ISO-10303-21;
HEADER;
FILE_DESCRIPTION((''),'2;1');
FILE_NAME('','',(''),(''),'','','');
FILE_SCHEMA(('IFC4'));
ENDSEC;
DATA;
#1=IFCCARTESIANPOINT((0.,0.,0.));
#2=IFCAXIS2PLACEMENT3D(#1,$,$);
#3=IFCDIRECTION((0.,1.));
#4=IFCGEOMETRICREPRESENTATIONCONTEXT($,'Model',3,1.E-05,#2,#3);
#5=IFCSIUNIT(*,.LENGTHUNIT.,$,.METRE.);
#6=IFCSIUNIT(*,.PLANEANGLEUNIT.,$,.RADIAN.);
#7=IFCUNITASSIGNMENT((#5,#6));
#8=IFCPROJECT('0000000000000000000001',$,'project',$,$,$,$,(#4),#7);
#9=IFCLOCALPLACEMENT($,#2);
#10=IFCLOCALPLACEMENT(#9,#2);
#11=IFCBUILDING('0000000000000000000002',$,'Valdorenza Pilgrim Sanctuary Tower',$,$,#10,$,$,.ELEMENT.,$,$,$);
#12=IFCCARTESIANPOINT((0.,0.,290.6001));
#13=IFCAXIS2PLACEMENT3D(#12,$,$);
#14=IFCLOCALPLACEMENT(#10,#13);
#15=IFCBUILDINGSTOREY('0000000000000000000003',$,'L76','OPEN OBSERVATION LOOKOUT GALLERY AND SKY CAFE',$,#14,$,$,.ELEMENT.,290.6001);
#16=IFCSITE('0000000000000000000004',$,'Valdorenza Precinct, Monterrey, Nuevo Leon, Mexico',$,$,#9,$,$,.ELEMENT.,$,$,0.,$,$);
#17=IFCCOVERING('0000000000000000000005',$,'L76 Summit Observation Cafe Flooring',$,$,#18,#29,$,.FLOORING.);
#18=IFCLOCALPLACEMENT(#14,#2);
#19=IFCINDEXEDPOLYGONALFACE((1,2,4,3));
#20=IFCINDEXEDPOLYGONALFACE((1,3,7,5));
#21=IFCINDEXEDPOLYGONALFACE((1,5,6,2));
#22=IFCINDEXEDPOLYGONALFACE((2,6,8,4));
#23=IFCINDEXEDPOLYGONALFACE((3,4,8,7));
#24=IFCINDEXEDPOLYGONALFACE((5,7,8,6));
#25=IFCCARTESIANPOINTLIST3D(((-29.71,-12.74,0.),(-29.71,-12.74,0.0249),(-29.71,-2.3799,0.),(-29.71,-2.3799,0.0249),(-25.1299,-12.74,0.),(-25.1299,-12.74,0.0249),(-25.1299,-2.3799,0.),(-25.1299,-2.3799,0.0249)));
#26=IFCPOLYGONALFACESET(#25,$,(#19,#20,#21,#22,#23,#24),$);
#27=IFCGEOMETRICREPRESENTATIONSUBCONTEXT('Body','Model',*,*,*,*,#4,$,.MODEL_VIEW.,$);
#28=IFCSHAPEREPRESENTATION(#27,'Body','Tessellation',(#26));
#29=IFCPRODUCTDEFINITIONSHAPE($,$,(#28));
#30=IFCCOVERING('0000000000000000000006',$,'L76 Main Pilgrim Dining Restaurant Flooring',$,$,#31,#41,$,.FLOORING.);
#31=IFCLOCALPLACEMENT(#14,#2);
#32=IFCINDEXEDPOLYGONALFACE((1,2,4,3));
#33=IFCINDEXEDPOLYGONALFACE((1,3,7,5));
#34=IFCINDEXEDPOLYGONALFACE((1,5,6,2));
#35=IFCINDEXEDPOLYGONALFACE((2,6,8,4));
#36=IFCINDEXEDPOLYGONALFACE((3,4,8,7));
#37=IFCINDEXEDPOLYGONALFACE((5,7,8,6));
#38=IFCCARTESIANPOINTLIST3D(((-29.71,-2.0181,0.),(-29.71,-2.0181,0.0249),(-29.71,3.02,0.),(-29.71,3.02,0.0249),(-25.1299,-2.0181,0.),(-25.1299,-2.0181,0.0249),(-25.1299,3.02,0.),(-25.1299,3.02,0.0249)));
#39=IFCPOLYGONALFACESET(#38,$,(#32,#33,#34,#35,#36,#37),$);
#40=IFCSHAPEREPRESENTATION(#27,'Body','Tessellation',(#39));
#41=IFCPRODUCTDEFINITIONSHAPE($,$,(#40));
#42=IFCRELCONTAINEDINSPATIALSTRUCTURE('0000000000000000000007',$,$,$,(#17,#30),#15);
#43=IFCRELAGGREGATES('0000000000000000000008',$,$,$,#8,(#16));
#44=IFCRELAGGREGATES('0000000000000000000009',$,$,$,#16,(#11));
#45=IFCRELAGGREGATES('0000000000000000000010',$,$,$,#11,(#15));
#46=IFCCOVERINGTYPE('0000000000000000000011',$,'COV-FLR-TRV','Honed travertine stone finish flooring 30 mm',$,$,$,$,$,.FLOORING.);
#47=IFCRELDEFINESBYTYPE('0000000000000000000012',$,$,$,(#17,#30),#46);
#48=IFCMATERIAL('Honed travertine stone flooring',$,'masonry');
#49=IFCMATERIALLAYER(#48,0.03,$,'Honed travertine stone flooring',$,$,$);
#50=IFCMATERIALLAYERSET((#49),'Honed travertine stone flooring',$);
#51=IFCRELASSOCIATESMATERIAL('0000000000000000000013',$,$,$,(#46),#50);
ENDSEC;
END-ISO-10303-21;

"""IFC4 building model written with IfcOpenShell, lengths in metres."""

from ifc_helpers import new_model, si_unit, direction, frame, origin, place, context, subcontext, project, spatial, polyline, outline, extrude, material, layer, layer_set, type_object, element, save


model = new_model("IFC4")

# Units and contexts
model_context = context("Model", 3, precision=1e-05, world=origin(), true_north=direction((0.0, 1.0)))
body_context = subcontext(model_context, "Body", "Model", "MODEL_VIEW")
ifc_project = project(units=[si_unit("LENGTHUNIT", "METRE"), si_unit("PLANEANGLEUNIT", "RADIAN")], contexts=[model_context])

# Site, building, storey
site_placement = place(None, origin())
site = spatial("IfcSite", under=ifc_project, at=site_placement, Name="Valdorenza Precinct, Monterrey, Nuevo Leon, Mexico", CompositionType="ELEMENT", RefElevation=0.0)
building_placement = place(site_placement, origin())
building = spatial("IfcBuilding", under=site, at=building_placement, Name="Valdorenza Pilgrim Sanctuary Tower", CompositionType="ELEMENT")
storey_placement = place(building_placement, frame((0.0, 0.0, 290.6001)))
storey = spatial("IfcBuildingStorey", under=building, at=storey_placement, Name="L76", Description="OPEN OBSERVATION LOOKOUT GALLERY AND SKY CAFE", CompositionType="ELEMENT", Elevation=290.6001)

# Coverings
ifc_material_1 = material(Name="Honed travertine stone flooring", Category="masonry")
ifc_layer_1 = layer(ifc_material_1, 0.03, Name="Honed travertine stone flooring")
ifc_layer_set_1 = layer_set([ifc_layer_1], Name="Honed travertine stone flooring")
covering_type_1 = type_object("IfcCoveringType", Name="COV-FLR-TRV", Description="Honed travertine stone finish flooring 30 mm", PredefinedType="FLOORING", material=ifc_layer_set_1)
covering_1_placement = place(storey_placement, origin())
element("IfcCovering", 1, at=covering_1_placement, inside=storey, type_object=covering_type_1, Name="L76 Summit Observation Cafe Flooring", PredefinedType="FLOORING", context=body_context, shape_type="SweptSolid", body=[
    extrude(outline(polyline([(-29.71, -12.74), (-29.71, -2.3799), (-25.1299, -2.3799), (-25.1299, -12.74), (-29.71, -12.74)])), origin(), (0.0, 0.0, 1.0), 0.0249),
])
covering_2_placement = place(storey_placement, origin())
element("IfcCovering", 2, at=covering_2_placement, inside=storey, type_object=covering_type_1, Name="L76 Main Pilgrim Dining Restaurant Flooring", PredefinedType="FLOORING", context=body_context, shape_type="SweptSolid", body=[
    extrude(outline(polyline([(-25.1299, -2.0181), (-29.71, -2.0181), (-29.71, 3.02), (-25.1299, 3.02), (-25.1299, -2.0181)])), origin(), (0.0, 0.0, 1.0), 0.0249),
])

save(model, "model.ifc")
